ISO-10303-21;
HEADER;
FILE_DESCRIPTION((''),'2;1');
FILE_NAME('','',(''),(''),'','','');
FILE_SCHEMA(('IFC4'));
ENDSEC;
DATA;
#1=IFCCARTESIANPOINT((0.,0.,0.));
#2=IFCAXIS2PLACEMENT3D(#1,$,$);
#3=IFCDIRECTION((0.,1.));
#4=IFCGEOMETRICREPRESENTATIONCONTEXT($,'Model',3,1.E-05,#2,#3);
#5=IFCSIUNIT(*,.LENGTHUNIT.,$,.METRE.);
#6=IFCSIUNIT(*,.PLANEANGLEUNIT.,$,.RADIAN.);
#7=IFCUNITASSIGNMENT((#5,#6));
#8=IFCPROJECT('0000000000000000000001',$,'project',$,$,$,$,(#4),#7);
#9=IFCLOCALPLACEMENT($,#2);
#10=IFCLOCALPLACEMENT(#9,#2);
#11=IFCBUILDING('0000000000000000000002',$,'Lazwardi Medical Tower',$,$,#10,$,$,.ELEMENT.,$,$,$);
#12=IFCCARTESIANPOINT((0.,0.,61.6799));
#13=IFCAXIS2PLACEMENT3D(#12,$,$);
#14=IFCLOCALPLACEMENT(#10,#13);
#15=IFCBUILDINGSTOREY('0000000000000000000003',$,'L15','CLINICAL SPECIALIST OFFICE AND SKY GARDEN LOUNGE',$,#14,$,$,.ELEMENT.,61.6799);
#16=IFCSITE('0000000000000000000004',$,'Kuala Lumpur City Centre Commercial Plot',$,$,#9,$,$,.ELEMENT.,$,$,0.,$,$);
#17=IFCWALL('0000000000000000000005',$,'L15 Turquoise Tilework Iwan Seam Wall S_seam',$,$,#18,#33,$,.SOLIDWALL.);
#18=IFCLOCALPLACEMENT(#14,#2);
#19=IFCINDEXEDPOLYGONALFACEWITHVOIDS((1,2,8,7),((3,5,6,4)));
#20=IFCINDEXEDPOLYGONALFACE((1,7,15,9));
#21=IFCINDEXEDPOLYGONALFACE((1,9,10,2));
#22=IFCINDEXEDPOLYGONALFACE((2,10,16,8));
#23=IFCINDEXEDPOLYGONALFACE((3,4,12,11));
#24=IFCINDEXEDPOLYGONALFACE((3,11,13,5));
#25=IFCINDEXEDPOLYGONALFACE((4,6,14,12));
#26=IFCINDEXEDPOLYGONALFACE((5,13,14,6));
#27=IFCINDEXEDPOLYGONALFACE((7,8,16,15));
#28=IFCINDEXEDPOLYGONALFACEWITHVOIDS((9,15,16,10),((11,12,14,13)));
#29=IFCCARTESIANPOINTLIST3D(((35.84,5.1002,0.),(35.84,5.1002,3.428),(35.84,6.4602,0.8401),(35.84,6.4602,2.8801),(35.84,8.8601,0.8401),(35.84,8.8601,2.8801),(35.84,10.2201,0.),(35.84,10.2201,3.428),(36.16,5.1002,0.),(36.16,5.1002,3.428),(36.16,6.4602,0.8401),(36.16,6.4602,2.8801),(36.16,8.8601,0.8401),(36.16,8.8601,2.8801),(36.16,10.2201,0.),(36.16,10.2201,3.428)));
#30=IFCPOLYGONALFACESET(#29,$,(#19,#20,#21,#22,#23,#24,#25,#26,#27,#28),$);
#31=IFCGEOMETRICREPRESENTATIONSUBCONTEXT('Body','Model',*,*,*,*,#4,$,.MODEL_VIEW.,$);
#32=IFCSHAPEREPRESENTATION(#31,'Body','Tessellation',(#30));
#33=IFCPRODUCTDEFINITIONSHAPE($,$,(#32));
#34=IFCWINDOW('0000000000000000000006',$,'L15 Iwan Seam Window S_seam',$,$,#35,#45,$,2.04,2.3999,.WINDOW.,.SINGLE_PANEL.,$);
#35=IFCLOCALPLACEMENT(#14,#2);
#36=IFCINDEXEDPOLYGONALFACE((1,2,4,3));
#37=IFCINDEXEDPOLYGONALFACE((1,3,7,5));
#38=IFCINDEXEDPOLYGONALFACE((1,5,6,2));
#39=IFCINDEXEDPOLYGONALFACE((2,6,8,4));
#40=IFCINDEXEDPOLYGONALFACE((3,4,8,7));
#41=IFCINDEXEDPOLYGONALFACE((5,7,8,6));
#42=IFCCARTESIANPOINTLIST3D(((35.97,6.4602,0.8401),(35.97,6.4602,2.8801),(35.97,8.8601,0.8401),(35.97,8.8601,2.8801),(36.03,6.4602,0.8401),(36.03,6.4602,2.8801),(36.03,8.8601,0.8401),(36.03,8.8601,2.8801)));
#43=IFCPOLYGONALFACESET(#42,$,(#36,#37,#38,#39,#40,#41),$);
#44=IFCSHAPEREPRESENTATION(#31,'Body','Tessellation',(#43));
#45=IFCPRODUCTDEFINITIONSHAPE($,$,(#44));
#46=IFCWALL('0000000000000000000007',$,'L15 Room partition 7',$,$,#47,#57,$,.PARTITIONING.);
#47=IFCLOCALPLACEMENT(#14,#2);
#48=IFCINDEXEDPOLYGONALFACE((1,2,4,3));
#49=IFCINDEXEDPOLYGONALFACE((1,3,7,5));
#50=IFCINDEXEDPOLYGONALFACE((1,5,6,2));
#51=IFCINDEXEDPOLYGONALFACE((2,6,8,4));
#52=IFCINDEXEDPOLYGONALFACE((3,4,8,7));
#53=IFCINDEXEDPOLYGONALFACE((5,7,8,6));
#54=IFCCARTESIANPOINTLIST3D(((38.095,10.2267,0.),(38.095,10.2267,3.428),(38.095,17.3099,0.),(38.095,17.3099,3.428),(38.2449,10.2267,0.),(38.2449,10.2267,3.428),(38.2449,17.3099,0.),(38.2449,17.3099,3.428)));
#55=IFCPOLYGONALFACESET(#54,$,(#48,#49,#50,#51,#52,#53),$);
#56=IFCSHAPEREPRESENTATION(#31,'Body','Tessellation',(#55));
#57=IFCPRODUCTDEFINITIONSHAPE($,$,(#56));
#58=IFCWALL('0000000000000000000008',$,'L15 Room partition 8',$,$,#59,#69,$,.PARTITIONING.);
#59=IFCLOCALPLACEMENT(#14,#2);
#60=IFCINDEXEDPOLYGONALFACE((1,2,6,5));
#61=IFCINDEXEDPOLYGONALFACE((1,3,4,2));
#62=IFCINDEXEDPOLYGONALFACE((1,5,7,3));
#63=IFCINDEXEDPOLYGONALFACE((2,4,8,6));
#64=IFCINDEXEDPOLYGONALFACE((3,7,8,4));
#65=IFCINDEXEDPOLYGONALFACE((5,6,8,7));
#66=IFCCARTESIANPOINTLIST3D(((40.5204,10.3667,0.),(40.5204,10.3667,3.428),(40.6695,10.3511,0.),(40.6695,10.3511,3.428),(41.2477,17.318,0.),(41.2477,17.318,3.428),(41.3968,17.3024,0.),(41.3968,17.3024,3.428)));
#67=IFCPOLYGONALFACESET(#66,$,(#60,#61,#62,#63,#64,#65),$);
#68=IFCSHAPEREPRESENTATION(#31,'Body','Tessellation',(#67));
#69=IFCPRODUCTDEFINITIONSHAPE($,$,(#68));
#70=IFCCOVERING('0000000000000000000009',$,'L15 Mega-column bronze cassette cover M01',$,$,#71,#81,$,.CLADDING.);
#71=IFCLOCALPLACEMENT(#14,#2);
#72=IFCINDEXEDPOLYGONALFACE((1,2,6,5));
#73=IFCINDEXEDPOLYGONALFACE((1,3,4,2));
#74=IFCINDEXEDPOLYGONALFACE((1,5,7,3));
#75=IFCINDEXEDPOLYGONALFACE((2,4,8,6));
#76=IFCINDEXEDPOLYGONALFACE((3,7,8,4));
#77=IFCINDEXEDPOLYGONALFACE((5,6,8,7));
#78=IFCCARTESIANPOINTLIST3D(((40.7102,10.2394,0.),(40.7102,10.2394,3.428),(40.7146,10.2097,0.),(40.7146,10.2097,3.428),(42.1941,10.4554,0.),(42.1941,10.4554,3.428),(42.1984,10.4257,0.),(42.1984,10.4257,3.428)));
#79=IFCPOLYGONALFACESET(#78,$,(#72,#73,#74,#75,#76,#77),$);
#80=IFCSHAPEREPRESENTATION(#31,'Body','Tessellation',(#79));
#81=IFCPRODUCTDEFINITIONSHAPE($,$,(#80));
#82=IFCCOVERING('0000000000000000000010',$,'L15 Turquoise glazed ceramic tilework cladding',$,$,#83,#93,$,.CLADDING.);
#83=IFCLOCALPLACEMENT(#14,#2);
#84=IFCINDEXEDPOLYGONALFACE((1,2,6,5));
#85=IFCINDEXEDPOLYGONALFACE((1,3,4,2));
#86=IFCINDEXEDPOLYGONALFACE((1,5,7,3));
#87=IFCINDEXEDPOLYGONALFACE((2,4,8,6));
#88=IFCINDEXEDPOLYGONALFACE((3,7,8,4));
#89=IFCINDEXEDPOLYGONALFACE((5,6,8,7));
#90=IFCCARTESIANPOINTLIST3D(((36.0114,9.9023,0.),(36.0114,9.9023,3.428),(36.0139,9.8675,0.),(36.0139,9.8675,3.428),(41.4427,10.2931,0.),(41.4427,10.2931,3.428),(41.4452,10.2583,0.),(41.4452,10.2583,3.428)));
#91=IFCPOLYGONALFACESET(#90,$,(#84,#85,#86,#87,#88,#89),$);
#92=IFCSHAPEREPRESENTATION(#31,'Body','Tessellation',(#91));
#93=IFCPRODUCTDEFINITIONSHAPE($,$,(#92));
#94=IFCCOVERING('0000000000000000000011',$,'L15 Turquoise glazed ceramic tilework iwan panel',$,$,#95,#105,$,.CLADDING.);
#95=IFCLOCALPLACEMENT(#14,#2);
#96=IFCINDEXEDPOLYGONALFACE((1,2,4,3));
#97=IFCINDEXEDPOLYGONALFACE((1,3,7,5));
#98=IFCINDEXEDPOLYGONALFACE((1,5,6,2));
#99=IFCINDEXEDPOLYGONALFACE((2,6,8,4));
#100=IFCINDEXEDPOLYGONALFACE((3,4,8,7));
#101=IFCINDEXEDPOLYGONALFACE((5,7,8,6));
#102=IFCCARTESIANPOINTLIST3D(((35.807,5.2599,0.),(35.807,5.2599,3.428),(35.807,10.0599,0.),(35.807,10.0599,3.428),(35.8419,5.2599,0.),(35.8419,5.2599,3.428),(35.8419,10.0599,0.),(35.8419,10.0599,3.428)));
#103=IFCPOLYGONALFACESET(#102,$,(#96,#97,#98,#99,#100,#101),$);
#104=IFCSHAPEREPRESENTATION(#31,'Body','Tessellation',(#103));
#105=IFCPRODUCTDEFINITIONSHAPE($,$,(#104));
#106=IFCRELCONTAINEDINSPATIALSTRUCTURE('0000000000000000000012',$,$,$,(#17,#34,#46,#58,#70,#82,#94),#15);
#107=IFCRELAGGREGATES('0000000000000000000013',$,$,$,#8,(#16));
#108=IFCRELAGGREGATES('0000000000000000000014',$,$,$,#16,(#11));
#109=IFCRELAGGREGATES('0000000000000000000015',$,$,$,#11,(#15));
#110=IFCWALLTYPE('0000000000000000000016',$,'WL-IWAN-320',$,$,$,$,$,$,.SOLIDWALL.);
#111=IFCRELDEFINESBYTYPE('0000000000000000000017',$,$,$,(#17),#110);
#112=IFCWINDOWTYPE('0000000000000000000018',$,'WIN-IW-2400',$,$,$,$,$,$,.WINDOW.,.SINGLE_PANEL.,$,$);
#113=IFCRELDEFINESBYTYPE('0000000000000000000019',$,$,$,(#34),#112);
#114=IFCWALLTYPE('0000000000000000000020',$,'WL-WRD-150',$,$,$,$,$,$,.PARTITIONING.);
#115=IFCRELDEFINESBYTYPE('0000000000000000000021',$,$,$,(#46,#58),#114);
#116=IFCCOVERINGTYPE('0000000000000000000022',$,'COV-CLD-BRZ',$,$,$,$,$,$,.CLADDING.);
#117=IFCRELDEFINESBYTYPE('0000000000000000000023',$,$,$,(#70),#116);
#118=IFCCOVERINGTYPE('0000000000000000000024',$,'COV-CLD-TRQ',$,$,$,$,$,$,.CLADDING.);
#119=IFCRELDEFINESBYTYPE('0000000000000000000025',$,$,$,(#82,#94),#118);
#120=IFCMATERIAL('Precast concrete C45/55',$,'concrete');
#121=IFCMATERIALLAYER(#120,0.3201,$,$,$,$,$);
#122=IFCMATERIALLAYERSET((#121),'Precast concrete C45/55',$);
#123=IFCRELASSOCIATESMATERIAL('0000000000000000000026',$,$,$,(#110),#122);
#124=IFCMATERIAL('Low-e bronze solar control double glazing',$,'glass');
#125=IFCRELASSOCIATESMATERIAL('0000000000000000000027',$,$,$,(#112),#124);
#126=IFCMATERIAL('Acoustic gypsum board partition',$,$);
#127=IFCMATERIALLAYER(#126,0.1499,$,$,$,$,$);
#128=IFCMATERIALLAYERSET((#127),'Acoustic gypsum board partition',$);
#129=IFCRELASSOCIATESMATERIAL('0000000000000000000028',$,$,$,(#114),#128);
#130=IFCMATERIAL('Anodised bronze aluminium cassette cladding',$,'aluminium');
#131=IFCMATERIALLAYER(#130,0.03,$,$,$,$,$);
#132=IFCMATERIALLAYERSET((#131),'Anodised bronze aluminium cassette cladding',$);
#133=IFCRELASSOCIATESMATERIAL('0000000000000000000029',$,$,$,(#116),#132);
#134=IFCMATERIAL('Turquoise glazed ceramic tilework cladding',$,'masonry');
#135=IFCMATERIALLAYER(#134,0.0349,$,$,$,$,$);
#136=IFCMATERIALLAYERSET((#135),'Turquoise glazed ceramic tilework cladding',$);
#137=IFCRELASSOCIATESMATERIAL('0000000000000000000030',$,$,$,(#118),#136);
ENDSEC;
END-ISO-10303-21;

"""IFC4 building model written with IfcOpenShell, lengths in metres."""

from ifc_helpers import new_model, si_unit, direction, frame, frame_2d, origin, origin_2d, place, context, subcontext, project, spatial, rectangle, extrude, material, layer, layer_set, type_object, element, fill, save


model = new_model("IFC4")

# Units and contexts
model_context = context("Model", 3, precision=1e-05, world=origin(), true_north=direction((0.0, 1.0)))
body_context = subcontext(model_context, "Body", "Model", "MODEL_VIEW")
ifc_project = project(units=[si_unit("LENGTHUNIT", "METRE"), si_unit("PLANEANGLEUNIT", "RADIAN")], contexts=[model_context])

# Site, building, storey
site_placement = place(None, origin())
site = spatial("IfcSite", under=ifc_project, at=site_placement, Name="Kuala Lumpur City Centre Commercial Plot", CompositionType="ELEMENT", RefElevation=0.0)
building_placement = place(site_placement, origin())
building = spatial("IfcBuilding", under=site, at=building_placement, Name="Lazwardi Medical Tower", CompositionType="ELEMENT")
storey_placement = place(building_placement, frame((0.0, 0.0, 61.6799)))
storey = spatial("IfcBuildingStorey", under=building, at=storey_placement, Name="L15", Description="CLINICAL SPECIALIST OFFICE AND SKY GARDEN LOUNGE", CompositionType="ELEMENT", Elevation=61.6799)

# Shared definitions
ifc_material_1 = material(Name="Low-e bronze solar control double glazing", Category="glass")

# Wall, opening, window
ifc_material_2 = material(Name="Precast concrete C45/55", Category="concrete")
ifc_layer_1 = layer(ifc_material_2, 0.3201)
ifc_layer_set_1 = layer_set([ifc_layer_1], Name="Precast concrete C45/55")
wall_type_1 = type_object("IfcWallType", Name="WL-IWAN-320", PredefinedType="SOLIDWALL", material=ifc_layer_set_1)
wall_1_placement = place(storey_placement, frame((36.0, 5.1001, 0.0), z_axis=(0.0, 0.0, 1.0), x_axis=(0.0, 1.0, 0.0)))
wall_1 = element("IfcWall", 1, at=wall_1_placement, inside=storey, type_object=wall_type_1, Name="L15 Turquoise Tilework Iwan Seam Wall S_seam", PredefinedType="SOLIDWALL", context=body_context, shape_type="SweptSolid", body=[
    extrude(rectangle(XDim=5.1199, YDim=0.3201, at=frame_2d((2.5601, 0.0))), origin(), (0.0, 0.0, 1.0), 3.428),
])
opening_1_placement = place(wall_1_placement, frame((1.3601, 0.0, 0.8401)))
opening_1 = element("IfcOpeningElement", 2, at=opening_1_placement, cuts=wall_1, PredefinedType="OPENING", context=body_context, shape_type="SweptSolid", body=[
    extrude(rectangle(XDim=2.3999, YDim=2.04, at=frame_2d((1.2, 1.02))), frame((0.0, 0.1699, 0.0), z_axis=(0.0, -1.0, 0.0), x_axis=(1.0, 0.0, 0.0)), (0.0, 0.0, 1.0), 0.3401),
])
window_type_1 = type_object("IfcWindowType", Name="WIN-IW-2400", PartitioningType="SINGLE_PANEL", PredefinedType="WINDOW", material=ifc_material_1)
window_1_placement = place(opening_1_placement, origin())
window_1 = element("IfcWindow", 3, at=window_1_placement, inside=storey, type_object=window_type_1, Name="L15 Iwan Seam Window S_seam", OverallHeight=2.04, OverallWidth=2.3999, PartitioningType="SINGLE_PANEL", PredefinedType="WINDOW", context=body_context, shape_type="SweptSolid", body=[
    extrude(rectangle(XDim=2.3999, YDim=2.04, at=frame_2d((1.2, 1.02))), frame((0.0, 0.03, 0.0), z_axis=(0.0, -1.0, 0.0), x_axis=(1.0, 0.0, 0.0)), (0.0, 0.0, 1.0), 0.0601),
])
fill(opening_1, window_1)

# Walls
ifc_material_3 = material(Name="Acoustic gypsum board partition")
ifc_layer_2 = layer(ifc_material_3, 0.1499)
ifc_layer_set_2 = layer_set([ifc_layer_2], Name="Acoustic gypsum board partition")
wall_type_2 = type_object("IfcWallType", Name="WL-WRD-150", PredefinedType="PARTITIONING", material=ifc_layer_set_2)
wall_2_placement = place(storey_placement, frame((38.1699, 10.2268, 0.0), z_axis=(0.0, 0.0, 1.0), x_axis=(0.0, 1.0, 0.0)))
element("IfcWall", 4, at=wall_2_placement, inside=storey, type_object=wall_type_2, Name="L15 Room partition 7", PredefinedType="PARTITIONING", context=body_context, shape_type="SweptSolid", body=[
    extrude(rectangle(XDim=7.0833, YDim=0.1499, at=frame_2d((3.5415, 0.0))), origin(), (0.0, 0.0, 1.0), 3.428),
])
wall_3_placement = place(storey_placement, frame((40.595, 10.3589, 0.0), z_axis=(0.0, 0.0, 1.0), x_axis=(0.104057, 0.994571, 0.0)))
element("IfcWall", 5, at=wall_3_placement, inside=storey, type_object=wall_type_2, Name="L15 Room partition 8", PredefinedType="PARTITIONING", context=body_context, shape_type="SweptSolid", body=[
    extrude(rectangle(XDim=6.9893, YDim=0.1499, at=frame_2d((3.4946, 0.0))), origin(), (0.0, 0.0, 1.0), 3.428),
])

# Coverings
ifc_material_4 = material(Name="Anodised bronze aluminium cassette cladding", Category="aluminium")
ifc_layer_3 = layer(ifc_material_4, 0.03)
ifc_layer_set_3 = layer_set([ifc_layer_3], Name="Anodised bronze aluminium cassette cladding")
covering_type_1 = type_object("IfcCoveringType", Name="COV-CLD-BRZ", PredefinedType="CLADDING", material=ifc_layer_set_3)
covering_1_placement = place(storey_placement, frame((41.4543, 10.3325, 0.0), z_axis=(0.0, 0.0, 1.0), x_axis=(0.989573, 0.144035, 0.0)))
element("IfcCovering", 6, at=covering_1_placement, inside=storey, type_object=covering_type_1, Name="L15 Mega-column bronze cassette cover M01", PredefinedType="CLADDING", context=body_context, shape_type="SweptSolid", body=[
    extrude(rectangle(XDim=1.4995, YDim=0.03, at=origin_2d()), origin(), (0.0, 0.0, 1.0), 3.428),
])
ifc_material_5 = material(Name="Turquoise glazed ceramic tilework cladding", Category="masonry")
ifc_layer_4 = layer(ifc_material_5, 0.0349)
ifc_layer_set_4 = layer_set([ifc_layer_4], Name="Turquoise glazed ceramic tilework cladding")
covering_type_2 = type_object("IfcCoveringType", Name="COV-CLD-TRQ", PredefinedType="CLADDING", material=ifc_layer_set_4)
covering_2_placement = place(storey_placement, frame((38.7283, 10.0803, 0.0), z_axis=(0.0, 0.0, 1.0), x_axis=(0.997421, 0.071767, 0.0)))
element("IfcCovering", 7, at=covering_2_placement, inside=storey, type_object=covering_type_2, Name="L15 Turquoise glazed ceramic tilework cladding", PredefinedType="CLADDING", context=body_context, shape_type="SweptSolid", body=[
    extrude(rectangle(XDim=5.4453, YDim=0.0349, at=origin_2d()), origin(), (0.0, 0.0, 1.0), 3.428),
])
covering_3_placement = place(storey_placement, frame((35.8245, 7.6599, 0.0), z_axis=(0.0, 0.0, 1.0), x_axis=(0.0, 1.0, 0.0)))
element("IfcCovering", 8, at=covering_3_placement, inside=storey, type_object=covering_type_2, Name="L15 Turquoise glazed ceramic tilework iwan panel", PredefinedType="CLADDING", context=body_context, shape_type="SweptSolid", body=[
    extrude(rectangle(XDim=4.8, YDim=0.0349, at=origin_2d()), origin(), (0.0, 0.0, 1.0), 3.428),
])

save(model, "model.ifc")
